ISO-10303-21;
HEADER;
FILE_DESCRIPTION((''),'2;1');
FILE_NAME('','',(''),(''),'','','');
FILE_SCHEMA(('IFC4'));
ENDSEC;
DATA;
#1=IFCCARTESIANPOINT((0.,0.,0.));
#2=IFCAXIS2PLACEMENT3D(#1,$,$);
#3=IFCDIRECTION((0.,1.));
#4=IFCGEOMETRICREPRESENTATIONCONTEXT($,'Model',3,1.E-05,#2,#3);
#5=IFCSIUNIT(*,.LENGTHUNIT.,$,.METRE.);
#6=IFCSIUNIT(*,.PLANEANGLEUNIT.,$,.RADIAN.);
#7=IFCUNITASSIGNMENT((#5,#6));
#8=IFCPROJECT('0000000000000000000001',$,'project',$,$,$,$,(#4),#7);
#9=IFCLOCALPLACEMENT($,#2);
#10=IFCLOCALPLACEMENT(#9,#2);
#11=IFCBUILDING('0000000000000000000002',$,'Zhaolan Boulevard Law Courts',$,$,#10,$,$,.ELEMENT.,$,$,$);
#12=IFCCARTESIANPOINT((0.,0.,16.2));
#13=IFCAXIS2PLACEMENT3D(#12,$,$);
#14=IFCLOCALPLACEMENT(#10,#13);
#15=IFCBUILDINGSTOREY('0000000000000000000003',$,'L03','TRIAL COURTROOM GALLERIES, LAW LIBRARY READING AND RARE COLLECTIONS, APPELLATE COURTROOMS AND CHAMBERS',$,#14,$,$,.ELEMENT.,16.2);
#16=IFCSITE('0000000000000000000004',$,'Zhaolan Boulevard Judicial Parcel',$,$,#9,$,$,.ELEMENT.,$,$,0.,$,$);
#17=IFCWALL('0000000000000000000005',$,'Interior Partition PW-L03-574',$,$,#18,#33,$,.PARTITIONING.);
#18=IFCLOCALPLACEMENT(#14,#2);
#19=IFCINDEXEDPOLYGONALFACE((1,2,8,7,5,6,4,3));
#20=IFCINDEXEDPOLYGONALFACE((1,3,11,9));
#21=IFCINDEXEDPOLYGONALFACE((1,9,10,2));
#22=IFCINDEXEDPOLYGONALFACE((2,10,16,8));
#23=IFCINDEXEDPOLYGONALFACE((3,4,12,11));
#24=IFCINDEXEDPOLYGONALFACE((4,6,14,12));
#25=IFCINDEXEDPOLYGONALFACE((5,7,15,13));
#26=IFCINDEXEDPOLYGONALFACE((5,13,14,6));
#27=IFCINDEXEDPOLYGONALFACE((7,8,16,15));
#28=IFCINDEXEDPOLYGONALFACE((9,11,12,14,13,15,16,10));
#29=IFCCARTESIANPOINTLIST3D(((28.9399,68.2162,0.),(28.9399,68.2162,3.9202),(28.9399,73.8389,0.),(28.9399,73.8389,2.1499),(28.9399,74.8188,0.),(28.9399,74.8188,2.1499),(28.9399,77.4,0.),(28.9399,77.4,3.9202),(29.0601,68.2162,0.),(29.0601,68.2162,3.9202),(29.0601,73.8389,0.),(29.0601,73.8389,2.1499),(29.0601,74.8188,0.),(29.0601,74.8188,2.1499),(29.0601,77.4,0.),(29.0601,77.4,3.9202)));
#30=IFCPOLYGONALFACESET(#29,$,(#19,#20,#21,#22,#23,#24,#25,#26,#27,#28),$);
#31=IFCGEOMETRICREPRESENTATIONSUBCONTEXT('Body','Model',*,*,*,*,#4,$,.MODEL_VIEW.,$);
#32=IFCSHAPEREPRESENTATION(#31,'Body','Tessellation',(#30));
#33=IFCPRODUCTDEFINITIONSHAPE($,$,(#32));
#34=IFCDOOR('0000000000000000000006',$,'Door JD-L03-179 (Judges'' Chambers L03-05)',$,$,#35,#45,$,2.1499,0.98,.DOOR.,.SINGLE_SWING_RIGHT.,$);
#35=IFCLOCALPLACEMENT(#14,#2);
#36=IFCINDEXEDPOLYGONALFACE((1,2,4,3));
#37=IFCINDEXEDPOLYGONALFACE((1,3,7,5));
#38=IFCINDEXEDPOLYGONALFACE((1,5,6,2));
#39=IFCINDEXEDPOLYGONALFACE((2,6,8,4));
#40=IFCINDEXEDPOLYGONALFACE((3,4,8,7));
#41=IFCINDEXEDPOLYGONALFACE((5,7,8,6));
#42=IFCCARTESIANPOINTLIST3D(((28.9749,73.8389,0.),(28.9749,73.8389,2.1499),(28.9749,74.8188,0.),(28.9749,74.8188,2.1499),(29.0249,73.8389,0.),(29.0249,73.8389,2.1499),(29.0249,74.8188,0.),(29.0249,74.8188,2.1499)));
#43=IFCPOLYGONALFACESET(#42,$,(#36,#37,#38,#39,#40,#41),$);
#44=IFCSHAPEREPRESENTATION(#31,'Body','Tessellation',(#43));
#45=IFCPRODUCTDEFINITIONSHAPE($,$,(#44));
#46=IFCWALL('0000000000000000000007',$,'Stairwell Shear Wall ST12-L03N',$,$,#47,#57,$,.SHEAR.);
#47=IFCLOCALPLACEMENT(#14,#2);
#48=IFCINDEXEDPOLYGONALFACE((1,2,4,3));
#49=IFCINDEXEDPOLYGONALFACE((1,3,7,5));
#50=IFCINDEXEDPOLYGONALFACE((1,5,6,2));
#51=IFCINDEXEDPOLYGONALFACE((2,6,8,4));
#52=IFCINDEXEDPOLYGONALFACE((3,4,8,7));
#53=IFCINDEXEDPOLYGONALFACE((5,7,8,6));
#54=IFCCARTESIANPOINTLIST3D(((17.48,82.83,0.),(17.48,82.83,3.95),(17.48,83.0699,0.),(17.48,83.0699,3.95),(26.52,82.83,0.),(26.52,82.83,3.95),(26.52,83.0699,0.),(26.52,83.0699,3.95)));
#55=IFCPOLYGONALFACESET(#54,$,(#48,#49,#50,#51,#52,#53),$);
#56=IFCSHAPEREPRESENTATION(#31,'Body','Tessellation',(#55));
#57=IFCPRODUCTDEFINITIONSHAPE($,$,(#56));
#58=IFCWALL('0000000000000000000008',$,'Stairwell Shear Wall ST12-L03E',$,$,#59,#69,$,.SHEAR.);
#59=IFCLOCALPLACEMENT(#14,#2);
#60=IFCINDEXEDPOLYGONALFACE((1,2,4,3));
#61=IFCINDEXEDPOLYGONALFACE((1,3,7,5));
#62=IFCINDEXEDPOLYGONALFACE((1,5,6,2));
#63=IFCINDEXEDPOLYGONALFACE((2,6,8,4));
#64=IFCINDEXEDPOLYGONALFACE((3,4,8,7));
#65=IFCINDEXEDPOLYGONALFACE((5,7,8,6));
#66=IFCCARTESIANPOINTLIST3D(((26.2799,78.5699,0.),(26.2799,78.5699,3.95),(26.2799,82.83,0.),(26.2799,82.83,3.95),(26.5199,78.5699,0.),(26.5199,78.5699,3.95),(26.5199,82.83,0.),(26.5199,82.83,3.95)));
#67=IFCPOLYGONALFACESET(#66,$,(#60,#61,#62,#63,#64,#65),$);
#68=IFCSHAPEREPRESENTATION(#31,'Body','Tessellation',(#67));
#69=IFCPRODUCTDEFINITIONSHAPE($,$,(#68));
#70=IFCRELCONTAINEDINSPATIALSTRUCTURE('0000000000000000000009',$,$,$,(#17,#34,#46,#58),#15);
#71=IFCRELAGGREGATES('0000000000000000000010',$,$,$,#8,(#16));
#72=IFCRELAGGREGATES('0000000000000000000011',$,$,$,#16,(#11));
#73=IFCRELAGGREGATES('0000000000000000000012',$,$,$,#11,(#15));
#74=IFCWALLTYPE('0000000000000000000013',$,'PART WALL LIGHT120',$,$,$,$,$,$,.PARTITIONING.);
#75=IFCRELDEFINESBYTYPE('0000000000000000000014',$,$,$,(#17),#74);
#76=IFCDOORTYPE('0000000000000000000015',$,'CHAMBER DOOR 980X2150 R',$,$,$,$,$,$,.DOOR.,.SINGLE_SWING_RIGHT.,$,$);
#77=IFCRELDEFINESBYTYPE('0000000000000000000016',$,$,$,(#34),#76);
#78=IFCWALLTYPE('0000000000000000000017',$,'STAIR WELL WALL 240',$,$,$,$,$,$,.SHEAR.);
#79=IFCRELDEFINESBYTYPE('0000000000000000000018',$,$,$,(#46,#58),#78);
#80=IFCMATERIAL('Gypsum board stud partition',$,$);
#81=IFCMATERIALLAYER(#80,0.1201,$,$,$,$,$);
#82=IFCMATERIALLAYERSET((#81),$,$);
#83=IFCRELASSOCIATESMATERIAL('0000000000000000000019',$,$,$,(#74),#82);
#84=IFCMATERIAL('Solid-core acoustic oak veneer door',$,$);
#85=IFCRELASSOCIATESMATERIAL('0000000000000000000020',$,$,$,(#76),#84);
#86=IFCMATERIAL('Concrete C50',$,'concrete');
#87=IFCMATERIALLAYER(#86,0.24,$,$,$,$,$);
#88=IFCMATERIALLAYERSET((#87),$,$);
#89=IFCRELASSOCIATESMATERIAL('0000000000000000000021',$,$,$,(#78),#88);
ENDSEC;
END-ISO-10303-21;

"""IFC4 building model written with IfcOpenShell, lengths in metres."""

from ifc_helpers import new_model, si_unit, direction, frame, frame_2d, origin, place, context, subcontext, project, spatial, rectangle, extrude, material, layer, layer_set, type_object, element, fill, save


model = new_model("IFC4")

# Units and contexts
model_context = context("Model", 3, precision=1e-05, world=origin(), true_north=direction((0.0, 1.0)))
body_context = subcontext(model_context, "Body", "Model", "MODEL_VIEW")
ifc_project = project(units=[si_unit("LENGTHUNIT", "METRE"), si_unit("PLANEANGLEUNIT", "RADIAN")], contexts=[model_context])

# Site, building, storey
site_placement = place(None, origin())
site = spatial("IfcSite", under=ifc_project, at=site_placement, Name="Zhaolan Boulevard Judicial Parcel", CompositionType="ELEMENT", RefElevation=0.0)
building_placement = place(site_placement, origin())
building = spatial("IfcBuilding", under=site, at=building_placement, Name="Zhaolan Boulevard Law Courts", CompositionType="ELEMENT")
storey_placement = place(building_placement, frame((0.0, 0.0, 16.2)))
storey = spatial("IfcBuildingStorey", under=building, at=storey_placement, Name="L03", Description="TRIAL COURTROOM GALLERIES, LAW LIBRARY READING AND RARE COLLECTIONS, APPELLATE COURTROOMS AND CHAMBERS", CompositionType="ELEMENT", Elevation=16.2)

# Shared definitions
ifc_material_1 = material(Name="Gypsum board stud partition")
ifc_layer_1 = layer(ifc_material_1, 0.1201)
ifc_layer_set_1 = layer_set([ifc_layer_1])
wall_type_1 = type_object("IfcWallType", Name="PART WALL LIGHT120", PredefinedType="PARTITIONING", material=ifc_layer_set_1)

# Wall, opening, door
wall_1_placement = place(storey_placement, frame((29.0, 77.3999, 0.0), z_axis=(0.0, 0.0, 1.0), x_axis=(0.0, -1.0, 0.0)))
wall_1 = element("IfcWall", 1, at=wall_1_placement, inside=storey, type_object=wall_type_1, Name="Interior Partition PW-L03-574", PredefinedType="PARTITIONING", context=body_context, shape_type="SweptSolid", body=[
    extrude(rectangle(XDim=9.1838, YDim=0.1201, at=frame_2d((4.5918, 0.0))), origin(), (0.0, 0.0, 1.0), 3.9202),
])
opening_1_placement = place(wall_1_placement, frame((2.5811, 0.0, 0.0)))
opening_1 = element("IfcOpeningElement", 2, at=opening_1_placement, cuts=wall_1, PredefinedType="OPENING", context=body_context, shape_type="SweptSolid", body=[
    extrude(rectangle(XDim=0.98, YDim=2.1499, at=frame_2d((0.49, 1.075))), frame((0.0, 0.0701, 0.0), z_axis=(0.0, -1.0, 0.0), x_axis=(1.0, 0.0, 0.0)), (0.0, 0.0, 1.0), 0.1401),
])
ifc_material_2 = material(Name="Solid-core acoustic oak veneer door")
door_type_1 = type_object("IfcDoorType", Name="CHAMBER DOOR 980X2150 R", OperationType="SINGLE_SWING_RIGHT", PredefinedType="DOOR", material=ifc_material_2)
door_1_placement = place(opening_1_placement, origin())
door_1 = element("IfcDoor", 3, at=door_1_placement, inside=storey, type_object=door_type_1, Name="Door JD-L03-179 (Judges' Chambers L03-05)", OperationType="SINGLE_SWING_RIGHT", OverallHeight=2.1499, OverallWidth=0.98, PredefinedType="DOOR", context=body_context, shape_type="SweptSolid", body=[
    extrude(rectangle(XDim=0.98, YDim=2.1499, at=frame_2d((0.49, 1.075))), frame((0.0, 0.0249, 0.0), z_axis=(0.0, -1.0, 0.0), x_axis=(1.0, 0.0, 0.0)), (0.0, 0.0, 1.0), 0.05),
])
fill(opening_1, door_1)

# Walls
ifc_material_3 = material(Name="Concrete C50", Category="concrete")
ifc_layer_2 = layer(ifc_material_3, 0.24)
ifc_layer_set_2 = layer_set([ifc_layer_2])
wall_type_2 = type_object("IfcWallType", Name="STAIR WELL WALL 240", PredefinedType="SHEAR", material=ifc_layer_set_2)
wall_2_placement = place(storey_placement, frame((26.52, 82.95, 0.0), z_axis=(0.0, 0.0, 1.0), x_axis=(-1.0, 0.0, 0.0)))
element("IfcWall", 4, at=wall_2_placement, inside=storey, type_object=wall_type_2, Name="Stairwell Shear Wall ST12-L03N", PredefinedType="SHEAR", context=body_context, shape_type="SweptSolid", body=[
    extrude(rectangle(XDim=9.04, YDim=0.24, at=frame_2d((4.52, 0.0))), origin(), (0.0, 0.0, 1.0), 3.95),
])
wall_3_placement = place(storey_placement, frame((26.3999, 78.5701, 0.0), z_axis=(0.0, 0.0, 1.0), x_axis=(0.0, 1.0, 0.0)))
element("IfcWall", 5, at=wall_3_placement, inside=storey, type_object=wall_type_2, Name="Stairwell Shear Wall ST12-L03E", PredefinedType="SHEAR", context=body_context, shape_type="SweptSolid", body=[
    extrude(rectangle(XDim=4.26, YDim=0.24, at=frame_2d((2.1299, 0.0))), origin(), (0.0, 0.0, 1.0), 3.95),
])

save(model, "model.ifc")
